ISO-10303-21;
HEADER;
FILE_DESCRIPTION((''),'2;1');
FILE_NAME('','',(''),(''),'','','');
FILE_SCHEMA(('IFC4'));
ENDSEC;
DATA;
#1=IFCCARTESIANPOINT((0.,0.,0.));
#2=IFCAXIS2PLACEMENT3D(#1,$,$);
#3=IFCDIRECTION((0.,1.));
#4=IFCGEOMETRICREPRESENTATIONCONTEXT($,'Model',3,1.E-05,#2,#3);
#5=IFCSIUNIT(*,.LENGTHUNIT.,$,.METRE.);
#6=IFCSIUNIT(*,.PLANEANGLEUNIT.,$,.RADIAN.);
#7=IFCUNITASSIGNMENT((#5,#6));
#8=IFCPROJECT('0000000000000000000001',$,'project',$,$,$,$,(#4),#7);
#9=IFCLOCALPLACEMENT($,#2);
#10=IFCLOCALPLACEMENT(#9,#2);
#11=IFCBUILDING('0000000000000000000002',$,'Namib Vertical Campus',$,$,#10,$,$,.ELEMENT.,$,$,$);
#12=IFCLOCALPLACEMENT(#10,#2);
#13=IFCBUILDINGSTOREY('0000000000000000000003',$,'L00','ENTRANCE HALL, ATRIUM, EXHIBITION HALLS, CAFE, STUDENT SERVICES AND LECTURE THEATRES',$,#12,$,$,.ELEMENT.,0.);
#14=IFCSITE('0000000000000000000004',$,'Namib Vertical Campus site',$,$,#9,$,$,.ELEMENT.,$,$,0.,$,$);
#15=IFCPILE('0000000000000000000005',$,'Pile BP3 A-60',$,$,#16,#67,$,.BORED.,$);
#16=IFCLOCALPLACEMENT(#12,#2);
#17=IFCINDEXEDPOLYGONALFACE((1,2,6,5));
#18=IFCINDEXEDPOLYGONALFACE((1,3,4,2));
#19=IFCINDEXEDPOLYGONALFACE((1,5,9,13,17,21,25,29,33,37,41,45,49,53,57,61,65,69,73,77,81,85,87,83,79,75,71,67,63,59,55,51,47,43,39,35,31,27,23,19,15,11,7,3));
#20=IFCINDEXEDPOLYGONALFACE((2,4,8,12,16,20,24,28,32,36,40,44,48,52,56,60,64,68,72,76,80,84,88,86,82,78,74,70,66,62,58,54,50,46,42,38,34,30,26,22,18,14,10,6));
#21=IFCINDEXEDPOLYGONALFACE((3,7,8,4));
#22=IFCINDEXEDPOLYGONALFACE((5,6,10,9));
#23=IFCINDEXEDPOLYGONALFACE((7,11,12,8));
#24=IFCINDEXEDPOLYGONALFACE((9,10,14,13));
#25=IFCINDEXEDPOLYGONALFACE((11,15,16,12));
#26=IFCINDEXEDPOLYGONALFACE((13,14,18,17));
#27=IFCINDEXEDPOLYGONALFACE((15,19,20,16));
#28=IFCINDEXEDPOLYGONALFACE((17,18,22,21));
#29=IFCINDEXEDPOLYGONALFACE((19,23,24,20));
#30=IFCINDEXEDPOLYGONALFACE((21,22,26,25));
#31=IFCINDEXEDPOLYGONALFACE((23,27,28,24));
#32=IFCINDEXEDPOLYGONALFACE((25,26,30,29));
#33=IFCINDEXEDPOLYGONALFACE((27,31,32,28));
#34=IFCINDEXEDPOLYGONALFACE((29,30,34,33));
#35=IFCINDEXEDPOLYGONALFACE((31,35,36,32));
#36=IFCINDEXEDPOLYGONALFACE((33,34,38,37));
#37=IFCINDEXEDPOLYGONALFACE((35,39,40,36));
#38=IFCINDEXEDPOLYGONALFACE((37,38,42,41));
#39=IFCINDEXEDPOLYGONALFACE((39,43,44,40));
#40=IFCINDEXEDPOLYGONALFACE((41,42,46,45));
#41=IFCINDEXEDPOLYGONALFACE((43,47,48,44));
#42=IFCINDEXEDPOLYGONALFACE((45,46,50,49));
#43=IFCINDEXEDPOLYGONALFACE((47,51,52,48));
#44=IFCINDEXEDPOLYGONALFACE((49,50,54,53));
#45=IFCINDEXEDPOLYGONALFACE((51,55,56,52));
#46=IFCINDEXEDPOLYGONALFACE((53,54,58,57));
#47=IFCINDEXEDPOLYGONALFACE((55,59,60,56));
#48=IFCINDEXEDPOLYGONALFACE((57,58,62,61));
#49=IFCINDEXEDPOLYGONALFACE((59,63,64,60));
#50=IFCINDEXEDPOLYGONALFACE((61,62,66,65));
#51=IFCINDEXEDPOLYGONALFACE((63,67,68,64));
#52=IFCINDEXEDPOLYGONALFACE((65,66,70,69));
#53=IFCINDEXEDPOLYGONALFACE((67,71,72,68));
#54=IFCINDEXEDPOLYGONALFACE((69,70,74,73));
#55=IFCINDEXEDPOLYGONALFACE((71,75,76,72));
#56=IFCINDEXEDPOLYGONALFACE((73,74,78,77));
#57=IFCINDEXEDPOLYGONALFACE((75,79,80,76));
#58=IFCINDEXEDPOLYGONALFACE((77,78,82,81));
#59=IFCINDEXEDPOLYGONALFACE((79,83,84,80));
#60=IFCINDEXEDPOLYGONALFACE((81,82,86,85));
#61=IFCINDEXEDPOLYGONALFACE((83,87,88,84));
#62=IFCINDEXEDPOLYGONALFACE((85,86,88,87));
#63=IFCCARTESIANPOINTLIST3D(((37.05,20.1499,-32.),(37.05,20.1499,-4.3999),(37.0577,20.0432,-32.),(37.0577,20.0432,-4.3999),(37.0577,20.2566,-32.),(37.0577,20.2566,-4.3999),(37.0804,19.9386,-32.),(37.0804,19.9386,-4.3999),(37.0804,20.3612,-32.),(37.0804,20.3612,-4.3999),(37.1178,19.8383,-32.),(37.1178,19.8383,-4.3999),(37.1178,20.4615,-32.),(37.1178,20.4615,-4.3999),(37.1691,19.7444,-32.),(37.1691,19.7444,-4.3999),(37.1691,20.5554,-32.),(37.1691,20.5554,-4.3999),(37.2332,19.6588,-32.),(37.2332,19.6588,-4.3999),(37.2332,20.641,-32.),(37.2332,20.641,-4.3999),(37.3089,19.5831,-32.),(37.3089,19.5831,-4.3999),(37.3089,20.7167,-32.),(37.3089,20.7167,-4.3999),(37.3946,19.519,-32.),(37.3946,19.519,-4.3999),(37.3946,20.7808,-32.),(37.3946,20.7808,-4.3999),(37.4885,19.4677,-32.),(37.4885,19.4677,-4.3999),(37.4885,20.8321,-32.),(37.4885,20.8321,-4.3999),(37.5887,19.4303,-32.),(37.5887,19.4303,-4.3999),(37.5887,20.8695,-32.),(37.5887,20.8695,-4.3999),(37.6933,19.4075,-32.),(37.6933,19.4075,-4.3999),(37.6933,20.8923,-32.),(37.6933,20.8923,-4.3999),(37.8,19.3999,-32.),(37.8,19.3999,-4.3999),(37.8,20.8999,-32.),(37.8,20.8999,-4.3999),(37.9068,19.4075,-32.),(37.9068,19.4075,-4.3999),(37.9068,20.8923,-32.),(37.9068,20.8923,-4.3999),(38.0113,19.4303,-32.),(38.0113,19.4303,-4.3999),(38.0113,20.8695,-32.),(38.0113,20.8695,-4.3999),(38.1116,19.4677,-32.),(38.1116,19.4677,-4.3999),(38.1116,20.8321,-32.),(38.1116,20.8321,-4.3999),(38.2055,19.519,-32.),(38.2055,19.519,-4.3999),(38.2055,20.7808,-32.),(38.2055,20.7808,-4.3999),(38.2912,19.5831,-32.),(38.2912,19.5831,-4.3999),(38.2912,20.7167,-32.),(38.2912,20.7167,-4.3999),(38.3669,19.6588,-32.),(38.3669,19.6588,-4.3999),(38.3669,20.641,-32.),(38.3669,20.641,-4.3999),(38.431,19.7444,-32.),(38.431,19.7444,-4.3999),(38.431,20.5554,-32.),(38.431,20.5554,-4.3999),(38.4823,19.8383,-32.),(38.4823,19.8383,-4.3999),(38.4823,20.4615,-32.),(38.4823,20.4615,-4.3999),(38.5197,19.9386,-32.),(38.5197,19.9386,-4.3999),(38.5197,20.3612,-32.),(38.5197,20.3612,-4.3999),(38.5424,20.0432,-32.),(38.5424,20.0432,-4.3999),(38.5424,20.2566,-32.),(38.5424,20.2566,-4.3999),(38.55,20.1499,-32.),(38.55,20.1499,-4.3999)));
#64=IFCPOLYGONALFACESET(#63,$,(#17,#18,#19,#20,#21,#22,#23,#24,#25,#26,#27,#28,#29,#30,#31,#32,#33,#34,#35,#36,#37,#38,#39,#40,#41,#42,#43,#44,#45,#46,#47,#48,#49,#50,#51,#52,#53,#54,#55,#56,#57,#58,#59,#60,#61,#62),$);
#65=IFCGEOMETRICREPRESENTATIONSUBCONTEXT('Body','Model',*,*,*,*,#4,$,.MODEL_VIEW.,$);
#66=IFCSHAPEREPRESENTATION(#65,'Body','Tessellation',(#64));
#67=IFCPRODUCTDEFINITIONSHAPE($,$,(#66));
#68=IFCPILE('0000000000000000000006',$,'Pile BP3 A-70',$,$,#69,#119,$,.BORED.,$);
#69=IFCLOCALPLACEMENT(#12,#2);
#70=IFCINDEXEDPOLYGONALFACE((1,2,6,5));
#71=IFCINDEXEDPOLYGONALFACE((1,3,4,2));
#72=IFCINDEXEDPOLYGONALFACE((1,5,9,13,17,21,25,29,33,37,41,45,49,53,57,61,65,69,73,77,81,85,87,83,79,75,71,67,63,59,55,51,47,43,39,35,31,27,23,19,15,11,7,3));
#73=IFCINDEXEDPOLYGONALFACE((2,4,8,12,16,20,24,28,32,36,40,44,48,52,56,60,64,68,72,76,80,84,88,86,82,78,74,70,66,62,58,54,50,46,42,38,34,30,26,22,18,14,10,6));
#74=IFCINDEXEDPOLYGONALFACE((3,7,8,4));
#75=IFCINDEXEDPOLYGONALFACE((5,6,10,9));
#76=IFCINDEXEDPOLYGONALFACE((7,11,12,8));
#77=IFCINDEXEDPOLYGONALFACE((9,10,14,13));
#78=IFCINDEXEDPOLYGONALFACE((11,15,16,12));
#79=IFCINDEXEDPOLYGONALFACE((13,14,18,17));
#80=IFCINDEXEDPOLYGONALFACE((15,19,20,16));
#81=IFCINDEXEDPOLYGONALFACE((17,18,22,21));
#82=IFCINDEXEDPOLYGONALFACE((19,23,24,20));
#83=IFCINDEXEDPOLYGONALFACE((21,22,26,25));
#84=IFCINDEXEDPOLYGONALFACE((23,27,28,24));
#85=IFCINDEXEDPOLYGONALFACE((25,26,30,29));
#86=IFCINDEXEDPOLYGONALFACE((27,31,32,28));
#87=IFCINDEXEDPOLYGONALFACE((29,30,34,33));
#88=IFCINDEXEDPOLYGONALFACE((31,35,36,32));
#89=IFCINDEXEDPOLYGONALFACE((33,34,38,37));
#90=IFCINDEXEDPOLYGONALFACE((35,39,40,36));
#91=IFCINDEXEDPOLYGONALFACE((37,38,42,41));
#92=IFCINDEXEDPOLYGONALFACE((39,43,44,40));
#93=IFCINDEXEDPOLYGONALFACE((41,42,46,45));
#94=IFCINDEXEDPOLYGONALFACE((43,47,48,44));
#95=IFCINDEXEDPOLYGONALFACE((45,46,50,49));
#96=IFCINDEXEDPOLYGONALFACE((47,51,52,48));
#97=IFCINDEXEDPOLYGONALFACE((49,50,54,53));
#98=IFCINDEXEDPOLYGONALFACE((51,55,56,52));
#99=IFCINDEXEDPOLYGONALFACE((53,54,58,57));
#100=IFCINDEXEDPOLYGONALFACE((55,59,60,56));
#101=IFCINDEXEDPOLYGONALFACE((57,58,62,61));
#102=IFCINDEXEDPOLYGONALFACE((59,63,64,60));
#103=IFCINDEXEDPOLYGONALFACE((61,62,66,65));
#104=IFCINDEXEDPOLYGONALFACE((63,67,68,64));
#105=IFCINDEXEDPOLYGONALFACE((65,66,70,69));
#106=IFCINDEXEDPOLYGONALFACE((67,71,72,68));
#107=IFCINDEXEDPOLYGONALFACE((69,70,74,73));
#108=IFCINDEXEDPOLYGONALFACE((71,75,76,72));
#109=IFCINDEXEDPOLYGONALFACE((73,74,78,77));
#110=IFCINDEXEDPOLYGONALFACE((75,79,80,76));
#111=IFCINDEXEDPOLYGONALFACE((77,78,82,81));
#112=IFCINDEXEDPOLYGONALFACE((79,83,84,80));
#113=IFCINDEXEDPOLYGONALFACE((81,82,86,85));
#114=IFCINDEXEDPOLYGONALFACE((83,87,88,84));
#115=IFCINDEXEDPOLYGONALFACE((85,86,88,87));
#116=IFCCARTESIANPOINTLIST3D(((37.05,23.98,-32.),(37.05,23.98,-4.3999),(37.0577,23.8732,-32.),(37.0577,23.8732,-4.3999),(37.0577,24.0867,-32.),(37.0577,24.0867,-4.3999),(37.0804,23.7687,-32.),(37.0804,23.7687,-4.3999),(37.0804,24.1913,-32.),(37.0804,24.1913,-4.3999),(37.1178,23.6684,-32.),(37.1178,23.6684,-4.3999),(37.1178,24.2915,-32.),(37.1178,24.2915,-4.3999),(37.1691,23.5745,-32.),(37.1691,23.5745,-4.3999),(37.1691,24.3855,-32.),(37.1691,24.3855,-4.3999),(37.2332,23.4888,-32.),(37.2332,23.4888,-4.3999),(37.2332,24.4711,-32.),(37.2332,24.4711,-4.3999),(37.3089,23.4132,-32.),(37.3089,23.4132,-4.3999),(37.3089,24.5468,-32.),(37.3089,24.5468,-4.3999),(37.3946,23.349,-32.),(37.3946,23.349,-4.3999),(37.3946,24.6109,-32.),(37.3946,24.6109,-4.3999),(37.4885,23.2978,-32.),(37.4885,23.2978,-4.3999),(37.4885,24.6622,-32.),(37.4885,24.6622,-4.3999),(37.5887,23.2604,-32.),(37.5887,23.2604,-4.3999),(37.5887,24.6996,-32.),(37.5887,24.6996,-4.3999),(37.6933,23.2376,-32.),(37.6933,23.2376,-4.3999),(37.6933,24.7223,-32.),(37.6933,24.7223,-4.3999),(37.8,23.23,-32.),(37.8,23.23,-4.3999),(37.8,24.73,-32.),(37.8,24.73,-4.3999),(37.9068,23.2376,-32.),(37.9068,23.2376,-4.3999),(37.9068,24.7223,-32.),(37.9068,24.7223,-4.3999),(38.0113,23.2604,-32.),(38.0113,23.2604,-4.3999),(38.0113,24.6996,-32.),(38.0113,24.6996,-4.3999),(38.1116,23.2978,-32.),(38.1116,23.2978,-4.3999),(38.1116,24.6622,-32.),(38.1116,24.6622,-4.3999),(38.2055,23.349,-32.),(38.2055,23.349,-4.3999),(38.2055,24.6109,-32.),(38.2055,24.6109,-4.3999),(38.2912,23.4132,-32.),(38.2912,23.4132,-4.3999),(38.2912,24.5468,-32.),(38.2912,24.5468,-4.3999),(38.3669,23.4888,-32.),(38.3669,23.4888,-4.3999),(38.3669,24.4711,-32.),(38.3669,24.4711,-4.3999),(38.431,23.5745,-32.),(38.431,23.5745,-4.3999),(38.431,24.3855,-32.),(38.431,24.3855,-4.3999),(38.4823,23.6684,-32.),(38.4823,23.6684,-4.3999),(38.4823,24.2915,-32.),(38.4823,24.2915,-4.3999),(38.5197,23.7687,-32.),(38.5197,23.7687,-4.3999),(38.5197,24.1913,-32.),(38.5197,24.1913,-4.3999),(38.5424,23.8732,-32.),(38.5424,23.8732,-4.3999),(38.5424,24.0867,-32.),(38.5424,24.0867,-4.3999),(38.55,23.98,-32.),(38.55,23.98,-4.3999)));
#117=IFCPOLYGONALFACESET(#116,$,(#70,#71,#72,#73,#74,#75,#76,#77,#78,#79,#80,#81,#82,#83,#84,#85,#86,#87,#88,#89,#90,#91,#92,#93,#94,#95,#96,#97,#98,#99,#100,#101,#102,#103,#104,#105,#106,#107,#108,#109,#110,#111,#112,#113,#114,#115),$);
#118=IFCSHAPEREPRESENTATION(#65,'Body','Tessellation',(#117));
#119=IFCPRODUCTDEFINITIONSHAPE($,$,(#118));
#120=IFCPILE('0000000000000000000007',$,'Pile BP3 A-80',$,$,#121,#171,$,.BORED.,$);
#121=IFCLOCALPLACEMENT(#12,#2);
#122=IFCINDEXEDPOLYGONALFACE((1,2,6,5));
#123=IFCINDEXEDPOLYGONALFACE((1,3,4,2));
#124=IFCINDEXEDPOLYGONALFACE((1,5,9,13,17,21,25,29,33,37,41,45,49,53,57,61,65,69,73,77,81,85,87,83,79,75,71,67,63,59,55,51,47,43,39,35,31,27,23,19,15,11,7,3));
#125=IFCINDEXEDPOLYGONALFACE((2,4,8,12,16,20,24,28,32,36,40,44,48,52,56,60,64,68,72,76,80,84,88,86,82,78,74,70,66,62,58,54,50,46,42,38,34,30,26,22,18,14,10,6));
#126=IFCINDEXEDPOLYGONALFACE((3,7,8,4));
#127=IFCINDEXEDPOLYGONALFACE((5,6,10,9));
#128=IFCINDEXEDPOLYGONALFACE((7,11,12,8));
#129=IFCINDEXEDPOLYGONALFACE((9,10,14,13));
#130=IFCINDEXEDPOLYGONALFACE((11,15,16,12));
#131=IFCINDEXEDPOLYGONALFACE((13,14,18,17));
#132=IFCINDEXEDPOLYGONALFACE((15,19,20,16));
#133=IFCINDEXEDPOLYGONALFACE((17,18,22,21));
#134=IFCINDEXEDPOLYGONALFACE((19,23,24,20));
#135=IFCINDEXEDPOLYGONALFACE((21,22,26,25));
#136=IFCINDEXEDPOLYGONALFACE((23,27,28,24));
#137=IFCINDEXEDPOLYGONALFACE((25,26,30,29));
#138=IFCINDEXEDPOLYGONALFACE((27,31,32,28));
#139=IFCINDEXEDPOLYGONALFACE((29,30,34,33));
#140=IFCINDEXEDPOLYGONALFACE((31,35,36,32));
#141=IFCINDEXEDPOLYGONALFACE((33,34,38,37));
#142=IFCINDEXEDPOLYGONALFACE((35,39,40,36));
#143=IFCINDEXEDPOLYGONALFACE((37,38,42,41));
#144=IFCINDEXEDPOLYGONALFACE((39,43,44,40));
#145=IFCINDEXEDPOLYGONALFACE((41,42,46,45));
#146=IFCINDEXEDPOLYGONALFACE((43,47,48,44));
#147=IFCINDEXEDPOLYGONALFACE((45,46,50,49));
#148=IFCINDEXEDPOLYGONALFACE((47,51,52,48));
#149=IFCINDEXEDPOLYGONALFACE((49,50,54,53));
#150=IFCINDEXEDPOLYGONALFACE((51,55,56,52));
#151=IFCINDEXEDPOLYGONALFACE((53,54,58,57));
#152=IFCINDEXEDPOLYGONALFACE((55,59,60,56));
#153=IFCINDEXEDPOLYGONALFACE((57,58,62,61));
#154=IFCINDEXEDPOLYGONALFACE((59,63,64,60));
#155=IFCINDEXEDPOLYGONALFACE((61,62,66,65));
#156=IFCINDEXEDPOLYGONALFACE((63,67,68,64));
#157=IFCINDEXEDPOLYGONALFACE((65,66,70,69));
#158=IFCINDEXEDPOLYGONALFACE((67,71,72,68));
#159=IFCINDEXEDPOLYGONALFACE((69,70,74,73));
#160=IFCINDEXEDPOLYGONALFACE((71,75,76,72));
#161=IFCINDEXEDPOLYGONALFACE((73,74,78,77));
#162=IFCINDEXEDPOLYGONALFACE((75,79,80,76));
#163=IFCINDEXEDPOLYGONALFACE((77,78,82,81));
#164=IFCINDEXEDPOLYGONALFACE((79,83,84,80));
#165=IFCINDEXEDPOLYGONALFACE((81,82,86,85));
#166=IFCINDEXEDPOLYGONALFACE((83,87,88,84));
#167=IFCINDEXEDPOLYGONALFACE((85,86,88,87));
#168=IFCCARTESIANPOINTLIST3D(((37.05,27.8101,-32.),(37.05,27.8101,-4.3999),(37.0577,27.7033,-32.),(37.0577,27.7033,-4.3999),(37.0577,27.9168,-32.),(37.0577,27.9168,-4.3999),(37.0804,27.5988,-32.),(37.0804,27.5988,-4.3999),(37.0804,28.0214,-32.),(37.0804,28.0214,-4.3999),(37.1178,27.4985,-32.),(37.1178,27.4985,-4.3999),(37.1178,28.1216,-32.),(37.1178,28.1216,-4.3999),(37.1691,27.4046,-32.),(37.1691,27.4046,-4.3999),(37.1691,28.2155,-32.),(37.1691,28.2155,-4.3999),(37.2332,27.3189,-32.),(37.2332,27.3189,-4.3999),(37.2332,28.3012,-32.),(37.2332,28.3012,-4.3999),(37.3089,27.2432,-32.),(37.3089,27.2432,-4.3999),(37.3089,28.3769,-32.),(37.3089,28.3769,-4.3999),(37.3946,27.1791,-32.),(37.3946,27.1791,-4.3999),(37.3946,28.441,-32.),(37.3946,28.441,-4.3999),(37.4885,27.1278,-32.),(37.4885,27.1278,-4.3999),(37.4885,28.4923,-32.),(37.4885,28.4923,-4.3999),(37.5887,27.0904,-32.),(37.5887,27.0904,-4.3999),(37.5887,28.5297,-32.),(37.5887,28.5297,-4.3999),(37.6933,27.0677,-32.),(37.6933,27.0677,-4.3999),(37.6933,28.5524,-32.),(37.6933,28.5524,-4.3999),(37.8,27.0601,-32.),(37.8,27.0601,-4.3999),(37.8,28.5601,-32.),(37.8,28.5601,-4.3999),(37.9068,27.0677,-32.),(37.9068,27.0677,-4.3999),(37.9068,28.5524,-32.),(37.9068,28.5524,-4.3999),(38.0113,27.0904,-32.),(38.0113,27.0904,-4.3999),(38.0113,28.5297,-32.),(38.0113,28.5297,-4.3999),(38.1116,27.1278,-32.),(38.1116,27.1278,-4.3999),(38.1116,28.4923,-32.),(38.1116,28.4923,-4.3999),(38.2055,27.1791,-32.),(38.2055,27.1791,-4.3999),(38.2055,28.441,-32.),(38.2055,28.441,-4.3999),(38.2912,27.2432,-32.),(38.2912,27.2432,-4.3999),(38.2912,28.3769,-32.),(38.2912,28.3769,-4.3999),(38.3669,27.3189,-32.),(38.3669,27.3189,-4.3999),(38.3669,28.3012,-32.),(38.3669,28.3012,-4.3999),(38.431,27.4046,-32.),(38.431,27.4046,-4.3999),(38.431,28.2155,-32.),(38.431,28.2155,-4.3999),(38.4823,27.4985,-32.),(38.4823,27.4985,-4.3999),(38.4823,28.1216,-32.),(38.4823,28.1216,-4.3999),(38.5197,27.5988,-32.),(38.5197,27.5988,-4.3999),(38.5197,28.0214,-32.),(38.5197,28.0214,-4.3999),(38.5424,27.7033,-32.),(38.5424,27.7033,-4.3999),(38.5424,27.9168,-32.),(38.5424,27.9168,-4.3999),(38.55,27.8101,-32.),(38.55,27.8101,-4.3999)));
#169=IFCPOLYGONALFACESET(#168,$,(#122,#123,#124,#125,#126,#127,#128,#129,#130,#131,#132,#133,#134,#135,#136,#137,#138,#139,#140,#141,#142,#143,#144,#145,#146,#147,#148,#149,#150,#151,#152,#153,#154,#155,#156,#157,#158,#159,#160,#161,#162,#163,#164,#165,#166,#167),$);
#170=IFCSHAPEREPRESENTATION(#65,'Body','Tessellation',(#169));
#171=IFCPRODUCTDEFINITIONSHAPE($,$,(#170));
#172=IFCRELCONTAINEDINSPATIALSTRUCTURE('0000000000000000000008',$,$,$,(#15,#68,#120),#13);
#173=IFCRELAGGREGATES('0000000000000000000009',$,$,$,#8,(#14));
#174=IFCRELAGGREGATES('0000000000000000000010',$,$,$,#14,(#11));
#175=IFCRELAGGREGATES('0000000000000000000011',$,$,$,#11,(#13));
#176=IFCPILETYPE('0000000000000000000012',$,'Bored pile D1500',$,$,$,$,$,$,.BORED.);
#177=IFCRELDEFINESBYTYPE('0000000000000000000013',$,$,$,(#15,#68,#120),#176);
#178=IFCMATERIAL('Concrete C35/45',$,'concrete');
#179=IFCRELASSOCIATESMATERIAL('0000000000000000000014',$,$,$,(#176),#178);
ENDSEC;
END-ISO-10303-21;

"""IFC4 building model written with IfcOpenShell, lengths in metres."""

from ifc_helpers import new_model, si_unit, direction, frame, origin, origin_2d, place, context, subcontext, project, spatial, circle, extrude, material, material_profile, profile_set, type_object, element, save


model = new_model("IFC4")

# Units and contexts
model_context = context("Model", 3, precision=1e-05, world=origin(), true_north=direction((0.0, 1.0)))
body_context = subcontext(model_context, "Body", "Model", "MODEL_VIEW")
ifc_project = project(units=[si_unit("LENGTHUNIT", "METRE"), si_unit("PLANEANGLEUNIT", "RADIAN")], contexts=[model_context])

# Site, building, storey
site_placement = place(None, origin())
site = spatial("IfcSite", under=ifc_project, at=site_placement, Name="Namib Vertical Campus site", CompositionType="ELEMENT", RefElevation=0.0)
building_placement = place(site_placement, origin())
building = spatial("IfcBuilding", under=site, at=building_placement, Name="Namib Vertical Campus", CompositionType="ELEMENT")
storey_placement = place(building_placement, origin())
storey = spatial("IfcBuildingStorey", under=building, at=storey_placement, Name="L00", Description="ENTRANCE HALL, ATRIUM, EXHIBITION HALLS, CAFE, STUDENT SERVICES AND LECTURE THEATRES", CompositionType="ELEMENT", Elevation=0.0)

# Piles
ifc_material_1 = material(Name="Concrete C35/45", Category="concrete")
ifc_material_profile_1 = material_profile(ifc_material_1, circle(Radius=0.75, at=origin_2d()))
ifc_profile_set_1 = profile_set([ifc_material_profile_1], Name="Concrete C35/45")
pile_type = type_object("IfcPileType", Name="Bored pile D1500", PredefinedType="BORED", material=ifc_profile_set_1)
for number, where, z_axis, x_axis, name in (
    (1, (37.8, 20.1499, -4.3999), (0.0, 0.0, -1.0), (1.0, 0.0, 0.0), "Pile BP3 A-60"),
    (2, (37.8, 23.98, -4.3999), (0.0, 0.0, -1.0), (1.0, 0.0, 0.0), "Pile BP3 A-70"),
    (3, (37.8, 27.8101, -4.3999), (0.0, 0.0, -1.0), (1.0, 0.0, 0.0), "Pile BP3 A-80"),
):
    element("IfcPile", number, at=place(storey_placement, frame(where, z_axis=z_axis, x_axis=x_axis)), inside=storey, type_object=pile_type, Name=name, PredefinedType="BORED", context=body_context, shape_type="SweptSolid", body=[
        extrude(circle(Radius=0.75, at=origin_2d()), origin(), (0.0, 0.0, 1.0), 27.6001),
    ])

save(model, "model.ifc")
